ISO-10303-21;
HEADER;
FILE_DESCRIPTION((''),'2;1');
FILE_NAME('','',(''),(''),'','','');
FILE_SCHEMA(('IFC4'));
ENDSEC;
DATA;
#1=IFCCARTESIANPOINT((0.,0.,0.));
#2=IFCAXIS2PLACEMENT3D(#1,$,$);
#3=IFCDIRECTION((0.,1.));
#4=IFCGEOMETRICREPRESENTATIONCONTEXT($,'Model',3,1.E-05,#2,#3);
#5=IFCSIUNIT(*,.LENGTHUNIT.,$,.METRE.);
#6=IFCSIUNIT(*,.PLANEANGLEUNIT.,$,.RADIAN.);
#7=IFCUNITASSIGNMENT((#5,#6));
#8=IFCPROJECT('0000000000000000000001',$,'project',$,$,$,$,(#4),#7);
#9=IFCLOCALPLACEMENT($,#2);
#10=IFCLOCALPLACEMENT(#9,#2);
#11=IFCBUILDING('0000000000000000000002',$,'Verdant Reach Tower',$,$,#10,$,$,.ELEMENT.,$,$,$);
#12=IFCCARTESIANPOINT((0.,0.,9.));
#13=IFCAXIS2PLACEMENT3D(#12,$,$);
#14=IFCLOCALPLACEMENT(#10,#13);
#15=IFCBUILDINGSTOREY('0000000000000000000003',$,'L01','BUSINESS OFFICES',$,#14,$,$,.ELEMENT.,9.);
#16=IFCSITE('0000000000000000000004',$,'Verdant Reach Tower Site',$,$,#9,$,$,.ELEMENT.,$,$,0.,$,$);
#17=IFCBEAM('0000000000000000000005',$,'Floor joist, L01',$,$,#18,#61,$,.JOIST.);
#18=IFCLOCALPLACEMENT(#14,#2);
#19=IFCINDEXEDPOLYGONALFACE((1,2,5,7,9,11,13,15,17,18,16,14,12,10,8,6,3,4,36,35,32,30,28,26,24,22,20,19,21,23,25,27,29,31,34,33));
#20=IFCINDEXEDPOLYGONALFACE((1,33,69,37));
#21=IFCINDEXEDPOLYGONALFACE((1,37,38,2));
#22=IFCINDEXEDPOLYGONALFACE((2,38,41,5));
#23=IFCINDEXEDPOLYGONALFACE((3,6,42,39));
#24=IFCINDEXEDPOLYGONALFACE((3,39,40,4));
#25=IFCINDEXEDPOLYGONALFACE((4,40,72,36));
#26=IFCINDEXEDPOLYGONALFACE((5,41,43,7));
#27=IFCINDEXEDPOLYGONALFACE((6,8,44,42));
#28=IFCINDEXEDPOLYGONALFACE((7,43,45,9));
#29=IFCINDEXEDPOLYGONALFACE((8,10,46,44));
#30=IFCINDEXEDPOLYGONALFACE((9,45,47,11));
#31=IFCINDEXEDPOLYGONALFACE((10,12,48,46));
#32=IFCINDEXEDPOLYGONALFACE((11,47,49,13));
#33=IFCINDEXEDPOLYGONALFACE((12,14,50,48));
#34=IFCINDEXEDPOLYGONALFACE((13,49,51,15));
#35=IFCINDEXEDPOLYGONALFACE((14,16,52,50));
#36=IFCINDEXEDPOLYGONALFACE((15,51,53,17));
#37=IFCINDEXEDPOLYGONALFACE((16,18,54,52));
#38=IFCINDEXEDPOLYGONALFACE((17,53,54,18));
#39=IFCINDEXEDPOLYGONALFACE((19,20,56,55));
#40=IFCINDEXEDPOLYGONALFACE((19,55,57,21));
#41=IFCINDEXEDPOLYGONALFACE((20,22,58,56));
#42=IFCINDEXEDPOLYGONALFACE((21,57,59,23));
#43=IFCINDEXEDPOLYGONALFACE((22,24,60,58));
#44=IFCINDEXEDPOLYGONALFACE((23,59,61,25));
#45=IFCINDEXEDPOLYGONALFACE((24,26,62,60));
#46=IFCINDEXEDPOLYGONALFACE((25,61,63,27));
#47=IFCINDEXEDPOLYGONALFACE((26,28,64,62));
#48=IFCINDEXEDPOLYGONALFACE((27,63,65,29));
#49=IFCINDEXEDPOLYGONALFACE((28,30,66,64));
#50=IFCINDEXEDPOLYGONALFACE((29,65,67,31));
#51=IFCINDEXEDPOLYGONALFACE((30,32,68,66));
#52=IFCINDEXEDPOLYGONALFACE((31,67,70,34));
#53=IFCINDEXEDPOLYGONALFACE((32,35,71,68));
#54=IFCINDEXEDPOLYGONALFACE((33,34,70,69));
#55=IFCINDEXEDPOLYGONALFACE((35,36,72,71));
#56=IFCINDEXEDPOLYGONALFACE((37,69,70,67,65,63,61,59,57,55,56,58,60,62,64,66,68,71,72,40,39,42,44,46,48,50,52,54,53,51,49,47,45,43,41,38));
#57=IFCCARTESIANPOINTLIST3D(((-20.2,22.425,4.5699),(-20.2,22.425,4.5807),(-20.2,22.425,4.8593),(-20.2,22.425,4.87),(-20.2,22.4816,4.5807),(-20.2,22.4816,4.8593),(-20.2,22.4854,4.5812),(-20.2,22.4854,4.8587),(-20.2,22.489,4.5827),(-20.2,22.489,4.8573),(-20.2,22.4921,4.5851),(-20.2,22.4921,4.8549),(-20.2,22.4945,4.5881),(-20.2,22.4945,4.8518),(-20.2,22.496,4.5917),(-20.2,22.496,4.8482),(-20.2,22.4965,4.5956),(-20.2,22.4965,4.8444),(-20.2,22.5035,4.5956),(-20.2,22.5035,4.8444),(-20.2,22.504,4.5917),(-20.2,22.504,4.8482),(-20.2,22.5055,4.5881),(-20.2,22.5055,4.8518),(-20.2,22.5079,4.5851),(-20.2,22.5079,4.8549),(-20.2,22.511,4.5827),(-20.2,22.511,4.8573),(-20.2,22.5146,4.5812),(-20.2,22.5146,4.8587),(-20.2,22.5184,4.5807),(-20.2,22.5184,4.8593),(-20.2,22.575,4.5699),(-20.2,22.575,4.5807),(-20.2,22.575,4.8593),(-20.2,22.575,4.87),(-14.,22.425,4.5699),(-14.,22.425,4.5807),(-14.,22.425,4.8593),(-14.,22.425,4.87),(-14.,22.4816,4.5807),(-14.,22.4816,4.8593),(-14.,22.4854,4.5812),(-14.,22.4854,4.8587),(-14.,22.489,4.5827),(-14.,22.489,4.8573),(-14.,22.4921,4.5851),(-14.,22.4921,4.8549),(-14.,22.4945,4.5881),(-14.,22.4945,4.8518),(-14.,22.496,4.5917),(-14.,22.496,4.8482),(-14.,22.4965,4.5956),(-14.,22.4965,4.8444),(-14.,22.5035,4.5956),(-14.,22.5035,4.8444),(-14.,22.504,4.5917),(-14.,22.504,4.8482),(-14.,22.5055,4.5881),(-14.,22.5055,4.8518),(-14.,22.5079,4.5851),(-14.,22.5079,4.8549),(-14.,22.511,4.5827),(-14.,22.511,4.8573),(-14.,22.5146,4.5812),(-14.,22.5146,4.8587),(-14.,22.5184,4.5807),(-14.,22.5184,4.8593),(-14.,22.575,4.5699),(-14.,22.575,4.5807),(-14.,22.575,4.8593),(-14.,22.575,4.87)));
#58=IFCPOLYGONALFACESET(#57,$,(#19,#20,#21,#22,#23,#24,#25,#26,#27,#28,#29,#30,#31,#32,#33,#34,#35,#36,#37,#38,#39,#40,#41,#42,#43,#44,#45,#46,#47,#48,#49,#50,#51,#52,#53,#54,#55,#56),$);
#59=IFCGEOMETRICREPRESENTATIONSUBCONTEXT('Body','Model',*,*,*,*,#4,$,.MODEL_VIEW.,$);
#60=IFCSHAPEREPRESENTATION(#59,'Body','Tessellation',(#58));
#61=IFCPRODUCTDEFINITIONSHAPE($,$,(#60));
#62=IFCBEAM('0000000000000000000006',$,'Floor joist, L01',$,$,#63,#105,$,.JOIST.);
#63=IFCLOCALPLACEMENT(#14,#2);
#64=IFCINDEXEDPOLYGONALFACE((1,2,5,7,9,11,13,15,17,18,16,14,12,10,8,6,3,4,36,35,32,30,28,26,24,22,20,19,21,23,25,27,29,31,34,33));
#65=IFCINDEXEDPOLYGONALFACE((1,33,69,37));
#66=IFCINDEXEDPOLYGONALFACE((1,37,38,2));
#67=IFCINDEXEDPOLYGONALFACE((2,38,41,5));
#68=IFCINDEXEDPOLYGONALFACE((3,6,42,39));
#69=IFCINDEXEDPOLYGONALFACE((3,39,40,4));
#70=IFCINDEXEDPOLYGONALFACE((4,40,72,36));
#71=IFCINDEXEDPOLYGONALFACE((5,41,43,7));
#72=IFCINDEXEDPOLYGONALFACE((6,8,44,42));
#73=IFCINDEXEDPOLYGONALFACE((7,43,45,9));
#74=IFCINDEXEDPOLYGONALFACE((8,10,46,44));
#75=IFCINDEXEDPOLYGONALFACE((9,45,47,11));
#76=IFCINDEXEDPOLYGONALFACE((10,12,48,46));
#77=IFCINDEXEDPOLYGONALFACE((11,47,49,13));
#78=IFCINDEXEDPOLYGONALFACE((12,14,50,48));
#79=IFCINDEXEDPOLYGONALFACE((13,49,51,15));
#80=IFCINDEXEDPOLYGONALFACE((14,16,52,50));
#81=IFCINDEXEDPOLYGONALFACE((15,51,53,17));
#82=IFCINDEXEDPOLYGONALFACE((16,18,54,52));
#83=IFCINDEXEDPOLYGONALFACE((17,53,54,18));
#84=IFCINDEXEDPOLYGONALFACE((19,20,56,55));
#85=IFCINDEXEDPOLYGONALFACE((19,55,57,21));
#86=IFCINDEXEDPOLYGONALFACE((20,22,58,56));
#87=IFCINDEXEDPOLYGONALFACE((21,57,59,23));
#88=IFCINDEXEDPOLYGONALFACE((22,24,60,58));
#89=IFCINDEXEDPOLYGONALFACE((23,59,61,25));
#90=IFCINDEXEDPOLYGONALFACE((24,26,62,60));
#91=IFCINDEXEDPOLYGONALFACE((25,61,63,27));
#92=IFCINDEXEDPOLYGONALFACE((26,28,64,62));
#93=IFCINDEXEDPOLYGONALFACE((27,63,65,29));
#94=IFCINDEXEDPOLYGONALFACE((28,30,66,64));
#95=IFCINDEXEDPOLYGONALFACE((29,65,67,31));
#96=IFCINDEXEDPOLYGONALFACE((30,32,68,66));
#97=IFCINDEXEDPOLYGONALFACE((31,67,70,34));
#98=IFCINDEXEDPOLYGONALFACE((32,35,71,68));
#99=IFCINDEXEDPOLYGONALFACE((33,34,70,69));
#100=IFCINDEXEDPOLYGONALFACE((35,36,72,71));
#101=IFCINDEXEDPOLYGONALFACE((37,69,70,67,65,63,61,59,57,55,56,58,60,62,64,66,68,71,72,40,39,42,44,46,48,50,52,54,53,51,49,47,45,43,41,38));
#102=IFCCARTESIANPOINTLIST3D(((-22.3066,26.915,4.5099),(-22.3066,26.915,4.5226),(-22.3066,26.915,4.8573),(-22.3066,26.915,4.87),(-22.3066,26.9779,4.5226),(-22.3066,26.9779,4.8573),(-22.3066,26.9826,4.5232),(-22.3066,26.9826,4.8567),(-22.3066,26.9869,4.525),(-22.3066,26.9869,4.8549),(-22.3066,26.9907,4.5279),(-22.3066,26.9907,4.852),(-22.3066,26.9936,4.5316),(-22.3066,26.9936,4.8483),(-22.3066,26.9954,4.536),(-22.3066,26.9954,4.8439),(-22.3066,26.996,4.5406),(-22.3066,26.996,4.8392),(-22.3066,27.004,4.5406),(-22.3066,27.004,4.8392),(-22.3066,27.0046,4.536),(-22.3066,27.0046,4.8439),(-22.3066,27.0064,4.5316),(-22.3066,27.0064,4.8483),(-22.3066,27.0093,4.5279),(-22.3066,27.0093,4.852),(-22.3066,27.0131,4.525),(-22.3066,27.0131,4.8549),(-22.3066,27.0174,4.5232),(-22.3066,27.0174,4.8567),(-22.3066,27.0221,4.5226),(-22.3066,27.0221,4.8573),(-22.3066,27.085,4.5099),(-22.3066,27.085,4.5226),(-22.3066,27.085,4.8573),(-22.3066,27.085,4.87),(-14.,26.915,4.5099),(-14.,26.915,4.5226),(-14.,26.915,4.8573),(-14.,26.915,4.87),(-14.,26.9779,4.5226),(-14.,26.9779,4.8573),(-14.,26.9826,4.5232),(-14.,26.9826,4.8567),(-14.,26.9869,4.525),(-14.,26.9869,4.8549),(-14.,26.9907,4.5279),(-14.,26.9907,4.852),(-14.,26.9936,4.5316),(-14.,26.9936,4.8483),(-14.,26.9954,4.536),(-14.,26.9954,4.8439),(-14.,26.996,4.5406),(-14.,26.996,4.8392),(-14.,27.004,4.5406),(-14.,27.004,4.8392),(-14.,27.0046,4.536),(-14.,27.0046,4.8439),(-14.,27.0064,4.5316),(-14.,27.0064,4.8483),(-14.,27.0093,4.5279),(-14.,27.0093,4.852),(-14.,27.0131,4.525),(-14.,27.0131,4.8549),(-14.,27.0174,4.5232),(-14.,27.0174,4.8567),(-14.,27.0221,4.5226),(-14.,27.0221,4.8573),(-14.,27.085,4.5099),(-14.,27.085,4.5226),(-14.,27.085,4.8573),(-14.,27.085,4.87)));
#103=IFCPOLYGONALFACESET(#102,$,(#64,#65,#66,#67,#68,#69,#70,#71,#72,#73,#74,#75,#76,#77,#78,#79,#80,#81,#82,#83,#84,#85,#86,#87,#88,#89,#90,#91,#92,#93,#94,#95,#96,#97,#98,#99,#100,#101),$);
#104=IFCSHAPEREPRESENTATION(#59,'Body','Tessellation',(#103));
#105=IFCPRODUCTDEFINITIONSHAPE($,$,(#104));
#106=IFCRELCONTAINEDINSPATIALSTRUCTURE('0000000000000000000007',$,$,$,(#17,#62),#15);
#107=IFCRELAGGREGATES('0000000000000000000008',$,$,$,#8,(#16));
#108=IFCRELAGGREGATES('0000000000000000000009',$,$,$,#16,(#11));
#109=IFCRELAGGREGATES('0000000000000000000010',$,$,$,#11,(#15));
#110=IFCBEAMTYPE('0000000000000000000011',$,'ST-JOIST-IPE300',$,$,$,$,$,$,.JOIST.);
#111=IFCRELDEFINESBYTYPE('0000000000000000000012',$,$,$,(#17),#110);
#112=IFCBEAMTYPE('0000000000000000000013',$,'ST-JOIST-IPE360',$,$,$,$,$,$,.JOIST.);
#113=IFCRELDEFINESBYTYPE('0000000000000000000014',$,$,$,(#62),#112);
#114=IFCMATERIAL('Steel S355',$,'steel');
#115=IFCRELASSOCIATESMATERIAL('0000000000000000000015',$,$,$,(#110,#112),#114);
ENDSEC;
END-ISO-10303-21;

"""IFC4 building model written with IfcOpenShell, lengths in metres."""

from ifc_helpers import new_model, si_unit, direction, frame, origin, origin_2d, place, context, subcontext, project, spatial, i_section, extrude, material, material_profile, profile_set, type_object, element, save


model = new_model("IFC4")

# Units and contexts
model_context = context("Model", 3, precision=1e-05, world=origin(), true_north=direction((0.0, 1.0)))
body_context = subcontext(model_context, "Body", "Model", "MODEL_VIEW")
ifc_project = project(units=[si_unit("LENGTHUNIT", "METRE"), si_unit("PLANEANGLEUNIT", "RADIAN")], contexts=[model_context])

# Site, building, storey
site_placement = place(None, origin())
site = spatial("IfcSite", under=ifc_project, at=site_placement, Name="Verdant Reach Tower Site", CompositionType="ELEMENT", RefElevation=0.0)
building_placement = place(site_placement, origin())
building = spatial("IfcBuilding", under=site, at=building_placement, Name="Verdant Reach Tower", CompositionType="ELEMENT")
storey_placement = place(building_placement, frame((0.0, 0.0, 9.0)))
storey = spatial("IfcBuildingStorey", under=building, at=storey_placement, Name="L01", Description="BUSINESS OFFICES", CompositionType="ELEMENT", Elevation=9.0)

# Beams
ifc_material_1 = material(Name="Steel S355", Category="steel")
ifc_material_profile_1 = material_profile(ifc_material_1, i_section(OverallWidth=0.1499, OverallDepth=0.3, WebThickness=0.0071, FlangeThickness=0.0107, FilletRadius=0.0149, at=origin_2d()), Name="IPE 300")
ifc_profile_set_1 = profile_set([ifc_material_profile_1], Name="Steel S355")
beam_type_1 = type_object("IfcBeamType", Name="ST-JOIST-IPE300", PredefinedType="JOIST", material=ifc_profile_set_1)
beam_1_placement = place(storey_placement, frame((-14.0, 22.5, 4.72), z_axis=(-1.0, 0.0, 0.0), x_axis=(0.0, -1.0, 0.0)))
element("IfcBeam", 1, at=beam_1_placement, inside=storey, type_object=beam_type_1, Name="Floor joist, L01", PredefinedType="JOIST", context=body_context, shape_type="SweptSolid", body=[
    extrude(i_section(OverallWidth=0.1499, OverallDepth=0.3, WebThickness=0.0071, FlangeThickness=0.0107, FilletRadius=0.0149, at=origin_2d()), origin(), (0.0, 0.0, 1.0), 6.2),
])
ifc_material_profile_2 = material_profile(ifc_material_1, i_section(OverallWidth=0.1699, OverallDepth=0.3601, WebThickness=0.0081, FlangeThickness=0.0127, FilletRadius=0.0181, at=origin_2d()), Name="IPE 360")
ifc_profile_set_2 = profile_set([ifc_material_profile_2], Name="Steel S355")
beam_type_2 = type_object("IfcBeamType", Name="ST-JOIST-IPE360", PredefinedType="JOIST", material=ifc_profile_set_2)
beam_2_placement = place(storey_placement, frame((-14.0, 27.0, 4.6899), z_axis=(-1.0, 0.0, 0.0), x_axis=(0.0, -1.0, 0.0)))
element("IfcBeam", 2, at=beam_2_placement, inside=storey, type_object=beam_type_2, Name="Floor joist, L01", PredefinedType="JOIST", context=body_context, shape_type="SweptSolid", body=[
    extrude(i_section(OverallWidth=0.1699, OverallDepth=0.3601, WebThickness=0.0081, FlangeThickness=0.0127, FilletRadius=0.0181, at=origin_2d()), origin(), (0.0, 0.0, 1.0), 8.3066),
])

save(model, "model.ifc")
